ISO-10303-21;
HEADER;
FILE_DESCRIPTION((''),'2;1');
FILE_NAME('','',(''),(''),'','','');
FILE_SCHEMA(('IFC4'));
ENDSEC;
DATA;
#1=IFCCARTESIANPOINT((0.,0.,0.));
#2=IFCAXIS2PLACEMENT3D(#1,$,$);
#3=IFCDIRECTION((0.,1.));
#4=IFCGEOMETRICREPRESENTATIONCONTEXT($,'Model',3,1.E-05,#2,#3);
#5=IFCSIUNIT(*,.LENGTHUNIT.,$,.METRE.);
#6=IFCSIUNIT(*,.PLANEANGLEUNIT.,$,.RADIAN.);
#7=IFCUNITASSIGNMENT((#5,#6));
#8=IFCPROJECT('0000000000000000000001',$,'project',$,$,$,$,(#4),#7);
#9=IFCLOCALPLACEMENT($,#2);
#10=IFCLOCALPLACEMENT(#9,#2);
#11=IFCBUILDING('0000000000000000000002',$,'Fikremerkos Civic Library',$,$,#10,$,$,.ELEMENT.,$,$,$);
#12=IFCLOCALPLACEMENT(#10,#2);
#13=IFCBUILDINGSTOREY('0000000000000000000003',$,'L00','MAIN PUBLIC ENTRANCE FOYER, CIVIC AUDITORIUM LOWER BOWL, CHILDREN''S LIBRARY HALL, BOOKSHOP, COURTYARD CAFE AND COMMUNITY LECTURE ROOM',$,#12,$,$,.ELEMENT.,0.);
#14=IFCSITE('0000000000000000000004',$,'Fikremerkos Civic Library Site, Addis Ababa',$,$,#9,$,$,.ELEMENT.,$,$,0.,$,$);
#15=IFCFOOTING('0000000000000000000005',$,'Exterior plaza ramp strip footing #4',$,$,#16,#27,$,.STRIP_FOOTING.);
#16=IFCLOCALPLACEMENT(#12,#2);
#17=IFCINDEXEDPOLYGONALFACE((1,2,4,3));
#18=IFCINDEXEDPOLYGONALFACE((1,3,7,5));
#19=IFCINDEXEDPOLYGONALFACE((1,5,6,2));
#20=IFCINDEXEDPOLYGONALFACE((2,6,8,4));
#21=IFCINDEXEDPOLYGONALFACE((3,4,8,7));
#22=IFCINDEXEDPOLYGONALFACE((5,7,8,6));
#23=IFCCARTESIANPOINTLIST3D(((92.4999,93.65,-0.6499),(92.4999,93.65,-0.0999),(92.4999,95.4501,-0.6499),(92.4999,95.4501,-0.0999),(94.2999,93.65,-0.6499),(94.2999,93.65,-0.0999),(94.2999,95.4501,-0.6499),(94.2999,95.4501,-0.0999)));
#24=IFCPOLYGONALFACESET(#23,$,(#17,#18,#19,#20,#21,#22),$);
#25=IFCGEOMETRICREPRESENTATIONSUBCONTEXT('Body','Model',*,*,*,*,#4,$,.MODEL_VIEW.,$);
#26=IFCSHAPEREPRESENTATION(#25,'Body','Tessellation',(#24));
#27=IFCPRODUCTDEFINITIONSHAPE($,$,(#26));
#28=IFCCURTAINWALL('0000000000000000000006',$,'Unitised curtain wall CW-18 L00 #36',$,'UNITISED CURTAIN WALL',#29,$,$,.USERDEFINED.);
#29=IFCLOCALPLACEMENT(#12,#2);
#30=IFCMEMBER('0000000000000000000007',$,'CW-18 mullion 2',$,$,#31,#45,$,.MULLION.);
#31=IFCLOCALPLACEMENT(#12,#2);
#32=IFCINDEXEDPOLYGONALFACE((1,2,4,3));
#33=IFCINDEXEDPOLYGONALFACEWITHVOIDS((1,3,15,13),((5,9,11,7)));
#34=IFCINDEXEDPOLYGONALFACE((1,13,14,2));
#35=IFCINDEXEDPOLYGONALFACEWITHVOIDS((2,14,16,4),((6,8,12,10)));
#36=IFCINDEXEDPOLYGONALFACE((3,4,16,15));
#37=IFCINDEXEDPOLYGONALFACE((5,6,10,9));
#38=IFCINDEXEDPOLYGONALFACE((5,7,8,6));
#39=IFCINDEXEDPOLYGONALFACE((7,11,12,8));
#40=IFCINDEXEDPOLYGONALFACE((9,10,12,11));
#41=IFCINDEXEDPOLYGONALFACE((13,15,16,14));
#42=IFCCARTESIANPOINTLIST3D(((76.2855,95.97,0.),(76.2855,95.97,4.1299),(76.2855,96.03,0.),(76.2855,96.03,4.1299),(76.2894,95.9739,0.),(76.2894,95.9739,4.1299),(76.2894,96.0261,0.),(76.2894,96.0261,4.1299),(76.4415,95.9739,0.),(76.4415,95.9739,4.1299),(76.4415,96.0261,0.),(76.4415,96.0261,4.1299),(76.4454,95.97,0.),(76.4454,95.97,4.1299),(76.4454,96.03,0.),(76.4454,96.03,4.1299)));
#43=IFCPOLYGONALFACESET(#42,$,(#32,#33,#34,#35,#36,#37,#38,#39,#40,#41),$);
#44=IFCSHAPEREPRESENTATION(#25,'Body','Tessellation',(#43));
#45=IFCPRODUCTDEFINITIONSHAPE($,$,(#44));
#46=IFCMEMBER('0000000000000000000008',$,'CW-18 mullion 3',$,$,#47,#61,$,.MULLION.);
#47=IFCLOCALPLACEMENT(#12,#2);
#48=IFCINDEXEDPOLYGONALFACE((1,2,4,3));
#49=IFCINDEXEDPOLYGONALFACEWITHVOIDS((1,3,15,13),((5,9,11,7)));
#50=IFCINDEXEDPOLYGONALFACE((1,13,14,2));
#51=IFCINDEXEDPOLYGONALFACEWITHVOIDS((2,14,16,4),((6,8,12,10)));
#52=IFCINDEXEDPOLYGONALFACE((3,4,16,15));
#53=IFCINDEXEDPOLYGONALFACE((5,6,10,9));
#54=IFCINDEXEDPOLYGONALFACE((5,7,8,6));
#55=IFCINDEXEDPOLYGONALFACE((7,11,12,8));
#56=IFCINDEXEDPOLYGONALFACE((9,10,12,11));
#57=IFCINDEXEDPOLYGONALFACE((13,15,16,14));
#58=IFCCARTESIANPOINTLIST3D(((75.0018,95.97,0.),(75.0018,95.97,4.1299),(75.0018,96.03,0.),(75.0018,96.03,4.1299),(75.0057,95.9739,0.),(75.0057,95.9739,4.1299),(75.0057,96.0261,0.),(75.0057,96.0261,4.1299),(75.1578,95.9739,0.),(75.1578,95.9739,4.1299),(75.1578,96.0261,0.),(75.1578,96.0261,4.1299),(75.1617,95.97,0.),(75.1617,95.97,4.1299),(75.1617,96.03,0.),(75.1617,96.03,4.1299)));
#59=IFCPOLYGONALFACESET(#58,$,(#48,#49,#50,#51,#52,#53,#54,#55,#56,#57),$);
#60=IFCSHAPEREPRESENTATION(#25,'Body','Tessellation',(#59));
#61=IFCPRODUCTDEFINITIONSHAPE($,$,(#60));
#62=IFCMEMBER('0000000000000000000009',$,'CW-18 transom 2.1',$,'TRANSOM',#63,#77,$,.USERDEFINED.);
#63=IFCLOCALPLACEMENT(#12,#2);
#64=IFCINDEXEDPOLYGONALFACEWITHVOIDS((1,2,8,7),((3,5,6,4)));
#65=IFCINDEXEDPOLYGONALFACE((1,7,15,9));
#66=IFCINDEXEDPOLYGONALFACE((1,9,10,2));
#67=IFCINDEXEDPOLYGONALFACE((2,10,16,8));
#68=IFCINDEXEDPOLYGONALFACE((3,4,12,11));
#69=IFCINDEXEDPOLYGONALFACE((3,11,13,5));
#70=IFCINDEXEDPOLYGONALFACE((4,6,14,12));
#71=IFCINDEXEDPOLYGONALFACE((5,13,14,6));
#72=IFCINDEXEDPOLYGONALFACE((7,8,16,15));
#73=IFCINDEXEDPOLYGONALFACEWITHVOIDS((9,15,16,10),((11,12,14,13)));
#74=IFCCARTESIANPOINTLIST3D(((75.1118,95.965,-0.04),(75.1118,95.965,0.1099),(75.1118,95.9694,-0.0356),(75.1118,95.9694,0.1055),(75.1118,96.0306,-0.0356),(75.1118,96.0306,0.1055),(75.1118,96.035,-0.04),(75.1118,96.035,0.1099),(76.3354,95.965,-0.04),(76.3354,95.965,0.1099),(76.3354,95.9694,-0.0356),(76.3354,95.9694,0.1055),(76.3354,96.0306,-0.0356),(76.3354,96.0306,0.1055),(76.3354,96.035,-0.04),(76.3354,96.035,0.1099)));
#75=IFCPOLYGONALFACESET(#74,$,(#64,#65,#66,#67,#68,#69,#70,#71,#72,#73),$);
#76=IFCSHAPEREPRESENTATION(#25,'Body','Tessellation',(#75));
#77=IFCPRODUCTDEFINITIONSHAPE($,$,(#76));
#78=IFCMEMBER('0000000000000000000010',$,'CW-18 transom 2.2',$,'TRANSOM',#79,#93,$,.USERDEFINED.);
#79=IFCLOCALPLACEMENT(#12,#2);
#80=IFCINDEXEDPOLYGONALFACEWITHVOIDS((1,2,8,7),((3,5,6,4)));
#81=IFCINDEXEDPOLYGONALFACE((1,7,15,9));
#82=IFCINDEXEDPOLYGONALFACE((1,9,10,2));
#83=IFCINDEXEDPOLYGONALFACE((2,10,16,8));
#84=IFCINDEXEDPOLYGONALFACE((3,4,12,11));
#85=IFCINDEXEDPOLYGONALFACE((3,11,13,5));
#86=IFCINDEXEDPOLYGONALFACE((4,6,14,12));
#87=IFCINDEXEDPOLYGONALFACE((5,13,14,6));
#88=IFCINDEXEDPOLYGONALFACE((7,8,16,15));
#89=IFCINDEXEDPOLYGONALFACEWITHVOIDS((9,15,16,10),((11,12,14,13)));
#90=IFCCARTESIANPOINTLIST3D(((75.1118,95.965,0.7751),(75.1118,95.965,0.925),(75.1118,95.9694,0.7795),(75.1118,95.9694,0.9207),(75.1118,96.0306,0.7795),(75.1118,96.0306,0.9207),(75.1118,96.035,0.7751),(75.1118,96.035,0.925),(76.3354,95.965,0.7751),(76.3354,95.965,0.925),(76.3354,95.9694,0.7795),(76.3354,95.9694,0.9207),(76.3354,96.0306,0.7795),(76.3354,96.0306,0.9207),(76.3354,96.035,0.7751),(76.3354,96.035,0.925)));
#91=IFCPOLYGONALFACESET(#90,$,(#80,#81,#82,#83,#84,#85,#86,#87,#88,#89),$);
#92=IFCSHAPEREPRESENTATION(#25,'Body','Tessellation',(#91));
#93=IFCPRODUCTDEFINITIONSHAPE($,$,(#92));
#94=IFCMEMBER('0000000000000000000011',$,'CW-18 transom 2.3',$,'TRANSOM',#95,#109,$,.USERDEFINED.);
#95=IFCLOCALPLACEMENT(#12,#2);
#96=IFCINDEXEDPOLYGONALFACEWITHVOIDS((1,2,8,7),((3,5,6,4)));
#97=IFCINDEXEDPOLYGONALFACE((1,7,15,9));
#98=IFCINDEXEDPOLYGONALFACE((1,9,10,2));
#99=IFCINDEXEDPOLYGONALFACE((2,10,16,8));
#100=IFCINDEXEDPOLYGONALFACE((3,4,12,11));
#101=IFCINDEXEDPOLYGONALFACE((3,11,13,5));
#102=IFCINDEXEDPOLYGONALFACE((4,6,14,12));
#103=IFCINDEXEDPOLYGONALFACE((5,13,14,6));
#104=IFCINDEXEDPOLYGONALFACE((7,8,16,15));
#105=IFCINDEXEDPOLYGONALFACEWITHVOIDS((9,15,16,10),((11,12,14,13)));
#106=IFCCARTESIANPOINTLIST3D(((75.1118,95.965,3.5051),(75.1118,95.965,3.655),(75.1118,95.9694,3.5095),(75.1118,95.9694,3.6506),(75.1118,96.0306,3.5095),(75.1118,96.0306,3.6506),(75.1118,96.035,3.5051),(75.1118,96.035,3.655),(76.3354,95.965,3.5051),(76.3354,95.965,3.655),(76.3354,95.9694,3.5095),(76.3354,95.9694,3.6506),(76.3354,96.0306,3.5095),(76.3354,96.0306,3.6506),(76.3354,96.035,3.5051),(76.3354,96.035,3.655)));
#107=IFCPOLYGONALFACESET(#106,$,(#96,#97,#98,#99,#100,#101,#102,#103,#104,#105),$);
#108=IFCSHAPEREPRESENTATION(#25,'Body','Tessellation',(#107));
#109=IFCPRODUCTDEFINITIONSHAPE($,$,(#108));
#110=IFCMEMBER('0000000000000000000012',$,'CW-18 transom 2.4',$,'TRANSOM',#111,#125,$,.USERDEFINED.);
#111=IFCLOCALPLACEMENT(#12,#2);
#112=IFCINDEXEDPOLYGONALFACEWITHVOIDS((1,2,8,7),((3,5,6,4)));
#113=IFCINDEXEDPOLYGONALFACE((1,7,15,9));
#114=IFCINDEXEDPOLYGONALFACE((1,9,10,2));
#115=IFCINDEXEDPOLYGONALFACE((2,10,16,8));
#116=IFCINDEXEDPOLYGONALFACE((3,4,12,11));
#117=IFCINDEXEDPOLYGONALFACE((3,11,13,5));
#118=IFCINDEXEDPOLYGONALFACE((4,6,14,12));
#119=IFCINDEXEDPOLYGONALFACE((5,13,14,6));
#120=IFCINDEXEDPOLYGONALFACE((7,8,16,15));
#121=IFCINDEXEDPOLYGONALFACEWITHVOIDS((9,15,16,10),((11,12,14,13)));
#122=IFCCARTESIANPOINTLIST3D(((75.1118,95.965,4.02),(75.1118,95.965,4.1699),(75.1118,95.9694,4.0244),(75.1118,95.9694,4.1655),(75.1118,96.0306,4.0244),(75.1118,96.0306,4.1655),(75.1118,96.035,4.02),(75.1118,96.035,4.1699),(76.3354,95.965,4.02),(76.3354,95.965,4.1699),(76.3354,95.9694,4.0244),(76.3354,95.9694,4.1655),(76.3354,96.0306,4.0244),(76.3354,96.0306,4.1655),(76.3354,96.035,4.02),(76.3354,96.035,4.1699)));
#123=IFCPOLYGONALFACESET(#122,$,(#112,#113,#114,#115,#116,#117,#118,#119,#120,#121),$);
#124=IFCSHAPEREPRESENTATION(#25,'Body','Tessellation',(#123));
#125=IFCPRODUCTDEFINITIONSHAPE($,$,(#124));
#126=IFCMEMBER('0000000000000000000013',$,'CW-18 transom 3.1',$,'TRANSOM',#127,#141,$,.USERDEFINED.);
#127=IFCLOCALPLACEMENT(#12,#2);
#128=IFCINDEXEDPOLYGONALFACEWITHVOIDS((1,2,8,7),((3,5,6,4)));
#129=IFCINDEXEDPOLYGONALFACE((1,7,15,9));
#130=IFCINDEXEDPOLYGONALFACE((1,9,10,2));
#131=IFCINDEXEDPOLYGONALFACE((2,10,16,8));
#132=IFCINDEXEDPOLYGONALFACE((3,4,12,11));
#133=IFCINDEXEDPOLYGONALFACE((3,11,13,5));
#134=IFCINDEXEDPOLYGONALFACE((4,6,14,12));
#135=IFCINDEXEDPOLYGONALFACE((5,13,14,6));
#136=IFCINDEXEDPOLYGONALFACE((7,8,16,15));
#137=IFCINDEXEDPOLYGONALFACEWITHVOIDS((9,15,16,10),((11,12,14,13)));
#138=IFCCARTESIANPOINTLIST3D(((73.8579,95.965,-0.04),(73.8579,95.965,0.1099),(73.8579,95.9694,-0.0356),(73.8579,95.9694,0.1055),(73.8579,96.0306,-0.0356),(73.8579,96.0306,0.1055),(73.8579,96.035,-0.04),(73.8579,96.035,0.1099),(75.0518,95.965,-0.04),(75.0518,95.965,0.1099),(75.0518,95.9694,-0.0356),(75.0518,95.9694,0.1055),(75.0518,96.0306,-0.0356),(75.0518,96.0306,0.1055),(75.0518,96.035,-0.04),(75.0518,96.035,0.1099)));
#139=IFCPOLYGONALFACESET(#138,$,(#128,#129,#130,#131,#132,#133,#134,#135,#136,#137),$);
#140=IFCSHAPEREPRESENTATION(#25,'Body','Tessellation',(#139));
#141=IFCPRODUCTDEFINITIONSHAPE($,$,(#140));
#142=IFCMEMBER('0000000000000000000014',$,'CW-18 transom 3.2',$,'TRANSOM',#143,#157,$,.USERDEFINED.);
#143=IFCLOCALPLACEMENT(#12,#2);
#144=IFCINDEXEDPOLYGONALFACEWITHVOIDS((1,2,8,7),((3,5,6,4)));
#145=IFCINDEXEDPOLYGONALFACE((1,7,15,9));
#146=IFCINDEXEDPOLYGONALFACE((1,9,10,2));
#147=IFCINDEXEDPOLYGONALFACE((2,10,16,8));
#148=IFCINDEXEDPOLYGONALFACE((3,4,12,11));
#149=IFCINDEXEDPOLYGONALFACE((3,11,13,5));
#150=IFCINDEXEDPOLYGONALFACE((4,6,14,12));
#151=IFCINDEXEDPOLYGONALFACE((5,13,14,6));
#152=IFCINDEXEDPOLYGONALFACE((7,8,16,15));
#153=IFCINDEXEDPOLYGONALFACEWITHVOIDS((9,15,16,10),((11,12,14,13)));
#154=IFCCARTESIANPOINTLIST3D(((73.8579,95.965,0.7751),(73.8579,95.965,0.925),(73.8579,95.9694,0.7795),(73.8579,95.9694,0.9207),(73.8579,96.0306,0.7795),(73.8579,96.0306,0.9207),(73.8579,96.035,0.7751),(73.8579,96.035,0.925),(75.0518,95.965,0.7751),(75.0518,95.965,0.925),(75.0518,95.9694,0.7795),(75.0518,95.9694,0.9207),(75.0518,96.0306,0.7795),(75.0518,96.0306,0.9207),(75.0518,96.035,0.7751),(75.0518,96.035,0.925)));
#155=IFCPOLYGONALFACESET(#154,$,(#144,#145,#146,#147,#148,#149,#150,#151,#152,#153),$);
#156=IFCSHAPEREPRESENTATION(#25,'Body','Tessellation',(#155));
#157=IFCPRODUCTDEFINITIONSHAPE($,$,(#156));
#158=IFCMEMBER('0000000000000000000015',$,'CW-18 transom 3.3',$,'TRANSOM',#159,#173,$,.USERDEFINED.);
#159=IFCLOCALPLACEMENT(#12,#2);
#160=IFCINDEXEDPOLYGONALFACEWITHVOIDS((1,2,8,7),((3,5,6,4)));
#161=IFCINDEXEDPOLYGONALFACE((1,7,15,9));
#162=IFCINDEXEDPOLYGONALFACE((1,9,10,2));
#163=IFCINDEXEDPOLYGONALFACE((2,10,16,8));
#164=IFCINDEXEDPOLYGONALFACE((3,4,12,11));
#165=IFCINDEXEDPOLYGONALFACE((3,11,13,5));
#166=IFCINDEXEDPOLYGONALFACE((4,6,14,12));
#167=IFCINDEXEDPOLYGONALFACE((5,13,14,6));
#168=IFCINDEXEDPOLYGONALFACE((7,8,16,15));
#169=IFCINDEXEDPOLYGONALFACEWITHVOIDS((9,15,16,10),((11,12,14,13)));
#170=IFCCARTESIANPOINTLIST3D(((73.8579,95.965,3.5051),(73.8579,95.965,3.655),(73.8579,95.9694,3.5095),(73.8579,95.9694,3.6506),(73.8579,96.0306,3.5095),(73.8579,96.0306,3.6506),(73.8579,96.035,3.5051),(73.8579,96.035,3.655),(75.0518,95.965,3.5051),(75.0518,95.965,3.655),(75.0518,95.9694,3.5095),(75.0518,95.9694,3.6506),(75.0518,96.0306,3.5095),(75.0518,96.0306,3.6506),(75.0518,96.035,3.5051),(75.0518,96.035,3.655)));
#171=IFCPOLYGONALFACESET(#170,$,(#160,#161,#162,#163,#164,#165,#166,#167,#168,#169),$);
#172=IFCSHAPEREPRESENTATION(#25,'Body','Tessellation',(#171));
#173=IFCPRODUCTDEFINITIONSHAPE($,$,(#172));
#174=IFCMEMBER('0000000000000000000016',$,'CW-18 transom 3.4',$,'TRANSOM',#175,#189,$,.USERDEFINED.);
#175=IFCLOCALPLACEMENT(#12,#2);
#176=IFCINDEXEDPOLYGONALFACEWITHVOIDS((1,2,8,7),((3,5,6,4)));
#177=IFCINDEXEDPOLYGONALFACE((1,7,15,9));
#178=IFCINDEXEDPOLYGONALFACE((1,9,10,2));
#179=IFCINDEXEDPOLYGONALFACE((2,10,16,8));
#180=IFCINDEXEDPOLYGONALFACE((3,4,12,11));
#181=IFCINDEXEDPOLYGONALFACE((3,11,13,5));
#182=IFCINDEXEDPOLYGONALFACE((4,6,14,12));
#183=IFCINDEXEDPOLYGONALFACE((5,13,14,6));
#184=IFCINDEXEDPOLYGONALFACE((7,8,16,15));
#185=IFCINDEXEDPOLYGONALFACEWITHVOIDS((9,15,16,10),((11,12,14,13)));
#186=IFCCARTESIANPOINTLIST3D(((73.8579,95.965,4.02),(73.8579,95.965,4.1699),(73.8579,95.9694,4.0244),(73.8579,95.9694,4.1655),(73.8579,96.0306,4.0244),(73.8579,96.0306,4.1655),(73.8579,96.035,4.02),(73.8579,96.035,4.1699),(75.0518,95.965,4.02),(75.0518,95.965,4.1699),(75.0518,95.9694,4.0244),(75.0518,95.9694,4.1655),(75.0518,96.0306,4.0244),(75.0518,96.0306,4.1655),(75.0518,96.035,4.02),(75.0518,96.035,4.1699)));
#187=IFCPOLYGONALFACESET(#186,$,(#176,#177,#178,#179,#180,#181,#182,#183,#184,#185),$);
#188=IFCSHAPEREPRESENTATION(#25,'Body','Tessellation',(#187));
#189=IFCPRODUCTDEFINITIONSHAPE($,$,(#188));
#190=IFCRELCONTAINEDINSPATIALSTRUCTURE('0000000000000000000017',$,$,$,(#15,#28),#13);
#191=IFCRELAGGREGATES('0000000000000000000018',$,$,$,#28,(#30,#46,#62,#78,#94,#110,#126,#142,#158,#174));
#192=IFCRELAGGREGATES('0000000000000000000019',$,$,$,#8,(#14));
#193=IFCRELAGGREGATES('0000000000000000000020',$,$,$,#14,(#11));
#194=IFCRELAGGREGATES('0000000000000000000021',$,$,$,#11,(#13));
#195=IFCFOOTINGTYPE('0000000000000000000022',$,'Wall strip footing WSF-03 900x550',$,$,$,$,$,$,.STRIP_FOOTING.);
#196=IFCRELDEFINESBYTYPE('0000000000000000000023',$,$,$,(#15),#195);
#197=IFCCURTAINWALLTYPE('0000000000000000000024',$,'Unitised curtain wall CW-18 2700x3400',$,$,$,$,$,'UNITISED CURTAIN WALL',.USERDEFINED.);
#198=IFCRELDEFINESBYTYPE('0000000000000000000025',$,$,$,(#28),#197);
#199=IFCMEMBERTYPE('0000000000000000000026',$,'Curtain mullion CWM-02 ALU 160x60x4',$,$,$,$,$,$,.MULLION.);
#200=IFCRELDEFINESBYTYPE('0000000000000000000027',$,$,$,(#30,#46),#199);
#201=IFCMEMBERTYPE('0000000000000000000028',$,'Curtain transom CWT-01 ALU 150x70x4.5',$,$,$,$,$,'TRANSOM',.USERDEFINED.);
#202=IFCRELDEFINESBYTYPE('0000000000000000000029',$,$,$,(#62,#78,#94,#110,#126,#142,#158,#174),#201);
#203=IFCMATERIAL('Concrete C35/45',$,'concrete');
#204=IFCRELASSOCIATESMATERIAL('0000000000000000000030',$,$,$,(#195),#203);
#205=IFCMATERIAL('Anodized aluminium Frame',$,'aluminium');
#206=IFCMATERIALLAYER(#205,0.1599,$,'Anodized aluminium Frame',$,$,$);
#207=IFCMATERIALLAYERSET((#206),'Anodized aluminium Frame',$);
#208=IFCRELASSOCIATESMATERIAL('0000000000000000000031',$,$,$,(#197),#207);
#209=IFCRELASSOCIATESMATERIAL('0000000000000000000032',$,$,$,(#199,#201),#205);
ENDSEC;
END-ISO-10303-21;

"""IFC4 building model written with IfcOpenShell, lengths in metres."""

from ifc_helpers import new_model, si_unit, direction, frame, origin, origin_2d, place, context, subcontext, project, spatial, rectangle, hollow_rectangle, extrude, material, layer, layer_set, material_profile, profile_set, type_object, element, aggregate, save


model = new_model("IFC4")

# Units and contexts
model_context = context("Model", 3, precision=1e-05, world=origin(), true_north=direction((0.0, 1.0)))
body_context = subcontext(model_context, "Body", "Model", "MODEL_VIEW")
ifc_project = project(units=[si_unit("LENGTHUNIT", "METRE"), si_unit("PLANEANGLEUNIT", "RADIAN")], contexts=[model_context])

# Site, building, storey
site_placement = place(None, origin())
site = spatial("IfcSite", under=ifc_project, at=site_placement, Name="Fikremerkos Civic Library Site, Addis Ababa", CompositionType="ELEMENT", RefElevation=0.0)
building_placement = place(site_placement, origin())
building = spatial("IfcBuilding", under=site, at=building_placement, Name="Fikremerkos Civic Library", CompositionType="ELEMENT")
storey_placement = place(building_placement, origin())
storey = spatial("IfcBuildingStorey", under=building, at=storey_placement, Name="L00", Description="MAIN PUBLIC ENTRANCE FOYER, CIVIC AUDITORIUM LOWER BOWL, CHILDREN'S LIBRARY HALL, BOOKSHOP, COURTYARD CAFE AND COMMUNITY LECTURE ROOM", CompositionType="ELEMENT", Elevation=0.0)

# Footing
ifc_material_1 = material(Name="Concrete C35/45", Category="concrete")
footing_type = type_object("IfcFootingType", Name="Wall strip footing WSF-03 900x550", PredefinedType="STRIP_FOOTING", material=ifc_material_1)
footing_placement = place(storey_placement, frame((93.3999, 94.55, -0.6499), z_axis=(0.0, 0.0, 1.0), x_axis=(1.0, 0.0, 0.0)))
element("IfcFooting", 1, at=footing_placement, inside=storey, type_object=footing_type, Name="Exterior plaza ramp strip footing #4", PredefinedType="STRIP_FOOTING", context=body_context, shape_type="SweptSolid", body=[
    extrude(rectangle(XDim=1.8, YDim=1.8, at=origin_2d()), origin(), (0.0, 0.0, 1.0), 0.55),
])

# Curtain wall, members
ifc_material_2 = material(Name="Anodized aluminium Frame", Category="aluminium")
ifc_layer_1 = layer(ifc_material_2, 0.1599, Name="Anodized aluminium Frame")
ifc_layer_set_1 = layer_set([ifc_layer_1], Name="Anodized aluminium Frame")
curtain_wall_type = type_object("IfcCurtainWallType", Name="Unitised curtain wall CW-18 2700x3400", ElementType="UNITISED CURTAIN WALL", PredefinedType="USERDEFINED", material=ifc_layer_set_1)
curtain_wall_placement = place(storey_placement, origin())
curtain_wall = element("IfcCurtainWall", 2, at=curtain_wall_placement, inside=storey, type_object=curtain_wall_type, Name="Unitised curtain wall CW-18 L00 #36", ObjectType="UNITISED CURTAIN WALL", PredefinedType="USERDEFINED")
ifc_material_profile_1 = material_profile(ifc_material_2, hollow_rectangle(XDim=0.0601, YDim=0.1599, WallThickness=0.0039, at=origin_2d()), Name="ALU 160x60x4")
ifc_profile_set_1 = profile_set([ifc_material_profile_1], Name="Anodized aluminium Frame")
member_type_1 = type_object("IfcMemberType", Name="Curtain mullion CWM-02 ALU 160x60x4", PredefinedType="MULLION", material=ifc_profile_set_1)
member_1_placement = place(storey_placement, frame((76.3655, 96.0, 0.0), z_axis=(0.0, 0.0, 1.0), x_axis=(0.0, -1.0, 0.0)))
member_1 = element("IfcMember", 3, at=member_1_placement, type_object=member_type_1, Name="CW-18 mullion 2", PredefinedType="MULLION", context=body_context, shape_type="SweptSolid", body=[
    extrude(hollow_rectangle(XDim=0.0601, YDim=0.1599, WallThickness=0.0039, at=origin_2d()), origin(), (0.0, 0.0, 1.0), 4.1299),
])
member_2_placement = place(storey_placement, frame((75.0818, 96.0, 0.0), z_axis=(0.0, 0.0, 1.0), x_axis=(0.0, -1.0, 0.0)))
member_2 = element("IfcMember", 4, at=member_2_placement, type_object=member_type_1, Name="CW-18 mullion 3", PredefinedType="MULLION", context=body_context, shape_type="SweptSolid", body=[
    extrude(hollow_rectangle(XDim=0.0601, YDim=0.1599, WallThickness=0.0039, at=origin_2d()), origin(), (0.0, 0.0, 1.0), 4.1299),
])
ifc_material_profile_2 = material_profile(ifc_material_2, hollow_rectangle(XDim=0.0701, YDim=0.1499, WallThickness=0.0044, at=origin_2d()), Name="ALU 150x70x4.5")
ifc_profile_set_2 = profile_set([ifc_material_profile_2], Name="Anodized aluminium Frame")
member_type_2 = type_object("IfcMemberType", Name="Curtain transom CWT-01 ALU 150x70x4.5", ElementType="TRANSOM", PredefinedType="USERDEFINED", material=ifc_profile_set_2)
member_3_placement = place(storey_placement, frame((76.3354, 96.0, 0.0349), z_axis=(-1.0, 0.0, 0.0), x_axis=(0.0, -1.0, 0.0)))
member_3 = element("IfcMember", 5, at=member_3_placement, type_object=member_type_2, Name="CW-18 transom 2.1", ObjectType="TRANSOM", PredefinedType="USERDEFINED", context=body_context, shape_type="SweptSolid", body=[
    extrude(hollow_rectangle(XDim=0.0701, YDim=0.1499, WallThickness=0.0044, at=origin_2d()), origin(), (0.0, 0.0, 1.0), 1.2236),
])
member_4_placement = place(storey_placement, frame((76.3354, 96.0, 0.8501), z_axis=(-1.0, 0.0, 0.0), x_axis=(0.0, -1.0, 0.0)))
member_4 = element("IfcMember", 6, at=member_4_placement, type_object=member_type_2, Name="CW-18 transom 2.2", ObjectType="TRANSOM", PredefinedType="USERDEFINED", context=body_context, shape_type="SweptSolid", body=[
    extrude(hollow_rectangle(XDim=0.0701, YDim=0.1499, WallThickness=0.0044, at=origin_2d()), origin(), (0.0, 0.0, 1.0), 1.2236),
])
member_5_placement = place(storey_placement, frame((76.3354, 96.0, 3.5801), z_axis=(-1.0, 0.0, 0.0), x_axis=(0.0, -1.0, 0.0)))
member_5 = element("IfcMember", 7, at=member_5_placement, type_object=member_type_2, Name="CW-18 transom 2.3", ObjectType="TRANSOM", PredefinedType="USERDEFINED", context=body_context, shape_type="SweptSolid", body=[
    extrude(hollow_rectangle(XDim=0.0701, YDim=0.1499, WallThickness=0.0044, at=origin_2d()), origin(), (0.0, 0.0, 1.0), 1.2236),
])
member_6_placement = place(storey_placement, frame((76.3354, 96.0, 4.095), z_axis=(-1.0, 0.0, 0.0), x_axis=(0.0, -1.0, 0.0)))
member_6 = element("IfcMember", 8, at=member_6_placement, type_object=member_type_2, Name="CW-18 transom 2.4", ObjectType="TRANSOM", PredefinedType="USERDEFINED", context=body_context, shape_type="SweptSolid", body=[
    extrude(hollow_rectangle(XDim=0.0701, YDim=0.1499, WallThickness=0.0044, at=origin_2d()), origin(), (0.0, 0.0, 1.0), 1.2236),
])
member_7_placement = place(storey_placement, frame((75.0518, 96.0, 0.0349), z_axis=(-1.0, 0.0, 0.0), x_axis=(0.0, -1.0, 0.0)))
member_7 = element("IfcMember", 9, at=member_7_placement, type_object=member_type_2, Name="CW-18 transom 3.1", ObjectType="TRANSOM", PredefinedType="USERDEFINED", context=body_context, shape_type="SweptSolid", body=[
    extrude(hollow_rectangle(XDim=0.0701, YDim=0.1499, WallThickness=0.0044, at=origin_2d()), origin(), (0.0, 0.0, 1.0), 1.1938),
])
member_8_placement = place(storey_placement, frame((75.0518, 96.0, 0.8501), z_axis=(-1.0, 0.0, 0.0), x_axis=(0.0, -1.0, 0.0)))
member_8 = element("IfcMember", 10, at=member_8_placement, type_object=member_type_2, Name="CW-18 transom 3.2", ObjectType="TRANSOM", PredefinedType="USERDEFINED", context=body_context, shape_type="SweptSolid", body=[
    extrude(hollow_rectangle(XDim=0.0701, YDim=0.1499, WallThickness=0.0044, at=origin_2d()), origin(), (0.0, 0.0, 1.0), 1.1938),
])
member_9_placement = place(storey_placement, frame((75.0518, 96.0, 3.5801), z_axis=(-1.0, 0.0, 0.0), x_axis=(0.0, -1.0, 0.0)))
member_9 = element("IfcMember", 11, at=member_9_placement, type_object=member_type_2, Name="CW-18 transom 3.3", ObjectType="TRANSOM", PredefinedType="USERDEFINED", context=body_context, shape_type="SweptSolid", body=[
    extrude(hollow_rectangle(XDim=0.0701, YDim=0.1499, WallThickness=0.0044, at=origin_2d()), origin(), (0.0, 0.0, 1.0), 1.1938),
])
member_10_placement = place(storey_placement, frame((75.0518, 96.0, 4.095), z_axis=(-1.0, 0.0, 0.0), x_axis=(0.0, -1.0, 0.0)))
member_10 = element("IfcMember", 12, at=member_10_placement, type_object=member_type_2, Name="CW-18 transom 3.4", ObjectType="TRANSOM", PredefinedType="USERDEFINED", context=body_context, shape_type="SweptSolid", body=[
    extrude(hollow_rectangle(XDim=0.0701, YDim=0.1499, WallThickness=0.0044, at=origin_2d()), origin(), (0.0, 0.0, 1.0), 1.1938),
])
aggregate(curtain_wall, [member_1, member_2, member_3, member_4, member_5, member_6, member_7, member_8, member_9, member_10])

save(model, "model.ifc")
